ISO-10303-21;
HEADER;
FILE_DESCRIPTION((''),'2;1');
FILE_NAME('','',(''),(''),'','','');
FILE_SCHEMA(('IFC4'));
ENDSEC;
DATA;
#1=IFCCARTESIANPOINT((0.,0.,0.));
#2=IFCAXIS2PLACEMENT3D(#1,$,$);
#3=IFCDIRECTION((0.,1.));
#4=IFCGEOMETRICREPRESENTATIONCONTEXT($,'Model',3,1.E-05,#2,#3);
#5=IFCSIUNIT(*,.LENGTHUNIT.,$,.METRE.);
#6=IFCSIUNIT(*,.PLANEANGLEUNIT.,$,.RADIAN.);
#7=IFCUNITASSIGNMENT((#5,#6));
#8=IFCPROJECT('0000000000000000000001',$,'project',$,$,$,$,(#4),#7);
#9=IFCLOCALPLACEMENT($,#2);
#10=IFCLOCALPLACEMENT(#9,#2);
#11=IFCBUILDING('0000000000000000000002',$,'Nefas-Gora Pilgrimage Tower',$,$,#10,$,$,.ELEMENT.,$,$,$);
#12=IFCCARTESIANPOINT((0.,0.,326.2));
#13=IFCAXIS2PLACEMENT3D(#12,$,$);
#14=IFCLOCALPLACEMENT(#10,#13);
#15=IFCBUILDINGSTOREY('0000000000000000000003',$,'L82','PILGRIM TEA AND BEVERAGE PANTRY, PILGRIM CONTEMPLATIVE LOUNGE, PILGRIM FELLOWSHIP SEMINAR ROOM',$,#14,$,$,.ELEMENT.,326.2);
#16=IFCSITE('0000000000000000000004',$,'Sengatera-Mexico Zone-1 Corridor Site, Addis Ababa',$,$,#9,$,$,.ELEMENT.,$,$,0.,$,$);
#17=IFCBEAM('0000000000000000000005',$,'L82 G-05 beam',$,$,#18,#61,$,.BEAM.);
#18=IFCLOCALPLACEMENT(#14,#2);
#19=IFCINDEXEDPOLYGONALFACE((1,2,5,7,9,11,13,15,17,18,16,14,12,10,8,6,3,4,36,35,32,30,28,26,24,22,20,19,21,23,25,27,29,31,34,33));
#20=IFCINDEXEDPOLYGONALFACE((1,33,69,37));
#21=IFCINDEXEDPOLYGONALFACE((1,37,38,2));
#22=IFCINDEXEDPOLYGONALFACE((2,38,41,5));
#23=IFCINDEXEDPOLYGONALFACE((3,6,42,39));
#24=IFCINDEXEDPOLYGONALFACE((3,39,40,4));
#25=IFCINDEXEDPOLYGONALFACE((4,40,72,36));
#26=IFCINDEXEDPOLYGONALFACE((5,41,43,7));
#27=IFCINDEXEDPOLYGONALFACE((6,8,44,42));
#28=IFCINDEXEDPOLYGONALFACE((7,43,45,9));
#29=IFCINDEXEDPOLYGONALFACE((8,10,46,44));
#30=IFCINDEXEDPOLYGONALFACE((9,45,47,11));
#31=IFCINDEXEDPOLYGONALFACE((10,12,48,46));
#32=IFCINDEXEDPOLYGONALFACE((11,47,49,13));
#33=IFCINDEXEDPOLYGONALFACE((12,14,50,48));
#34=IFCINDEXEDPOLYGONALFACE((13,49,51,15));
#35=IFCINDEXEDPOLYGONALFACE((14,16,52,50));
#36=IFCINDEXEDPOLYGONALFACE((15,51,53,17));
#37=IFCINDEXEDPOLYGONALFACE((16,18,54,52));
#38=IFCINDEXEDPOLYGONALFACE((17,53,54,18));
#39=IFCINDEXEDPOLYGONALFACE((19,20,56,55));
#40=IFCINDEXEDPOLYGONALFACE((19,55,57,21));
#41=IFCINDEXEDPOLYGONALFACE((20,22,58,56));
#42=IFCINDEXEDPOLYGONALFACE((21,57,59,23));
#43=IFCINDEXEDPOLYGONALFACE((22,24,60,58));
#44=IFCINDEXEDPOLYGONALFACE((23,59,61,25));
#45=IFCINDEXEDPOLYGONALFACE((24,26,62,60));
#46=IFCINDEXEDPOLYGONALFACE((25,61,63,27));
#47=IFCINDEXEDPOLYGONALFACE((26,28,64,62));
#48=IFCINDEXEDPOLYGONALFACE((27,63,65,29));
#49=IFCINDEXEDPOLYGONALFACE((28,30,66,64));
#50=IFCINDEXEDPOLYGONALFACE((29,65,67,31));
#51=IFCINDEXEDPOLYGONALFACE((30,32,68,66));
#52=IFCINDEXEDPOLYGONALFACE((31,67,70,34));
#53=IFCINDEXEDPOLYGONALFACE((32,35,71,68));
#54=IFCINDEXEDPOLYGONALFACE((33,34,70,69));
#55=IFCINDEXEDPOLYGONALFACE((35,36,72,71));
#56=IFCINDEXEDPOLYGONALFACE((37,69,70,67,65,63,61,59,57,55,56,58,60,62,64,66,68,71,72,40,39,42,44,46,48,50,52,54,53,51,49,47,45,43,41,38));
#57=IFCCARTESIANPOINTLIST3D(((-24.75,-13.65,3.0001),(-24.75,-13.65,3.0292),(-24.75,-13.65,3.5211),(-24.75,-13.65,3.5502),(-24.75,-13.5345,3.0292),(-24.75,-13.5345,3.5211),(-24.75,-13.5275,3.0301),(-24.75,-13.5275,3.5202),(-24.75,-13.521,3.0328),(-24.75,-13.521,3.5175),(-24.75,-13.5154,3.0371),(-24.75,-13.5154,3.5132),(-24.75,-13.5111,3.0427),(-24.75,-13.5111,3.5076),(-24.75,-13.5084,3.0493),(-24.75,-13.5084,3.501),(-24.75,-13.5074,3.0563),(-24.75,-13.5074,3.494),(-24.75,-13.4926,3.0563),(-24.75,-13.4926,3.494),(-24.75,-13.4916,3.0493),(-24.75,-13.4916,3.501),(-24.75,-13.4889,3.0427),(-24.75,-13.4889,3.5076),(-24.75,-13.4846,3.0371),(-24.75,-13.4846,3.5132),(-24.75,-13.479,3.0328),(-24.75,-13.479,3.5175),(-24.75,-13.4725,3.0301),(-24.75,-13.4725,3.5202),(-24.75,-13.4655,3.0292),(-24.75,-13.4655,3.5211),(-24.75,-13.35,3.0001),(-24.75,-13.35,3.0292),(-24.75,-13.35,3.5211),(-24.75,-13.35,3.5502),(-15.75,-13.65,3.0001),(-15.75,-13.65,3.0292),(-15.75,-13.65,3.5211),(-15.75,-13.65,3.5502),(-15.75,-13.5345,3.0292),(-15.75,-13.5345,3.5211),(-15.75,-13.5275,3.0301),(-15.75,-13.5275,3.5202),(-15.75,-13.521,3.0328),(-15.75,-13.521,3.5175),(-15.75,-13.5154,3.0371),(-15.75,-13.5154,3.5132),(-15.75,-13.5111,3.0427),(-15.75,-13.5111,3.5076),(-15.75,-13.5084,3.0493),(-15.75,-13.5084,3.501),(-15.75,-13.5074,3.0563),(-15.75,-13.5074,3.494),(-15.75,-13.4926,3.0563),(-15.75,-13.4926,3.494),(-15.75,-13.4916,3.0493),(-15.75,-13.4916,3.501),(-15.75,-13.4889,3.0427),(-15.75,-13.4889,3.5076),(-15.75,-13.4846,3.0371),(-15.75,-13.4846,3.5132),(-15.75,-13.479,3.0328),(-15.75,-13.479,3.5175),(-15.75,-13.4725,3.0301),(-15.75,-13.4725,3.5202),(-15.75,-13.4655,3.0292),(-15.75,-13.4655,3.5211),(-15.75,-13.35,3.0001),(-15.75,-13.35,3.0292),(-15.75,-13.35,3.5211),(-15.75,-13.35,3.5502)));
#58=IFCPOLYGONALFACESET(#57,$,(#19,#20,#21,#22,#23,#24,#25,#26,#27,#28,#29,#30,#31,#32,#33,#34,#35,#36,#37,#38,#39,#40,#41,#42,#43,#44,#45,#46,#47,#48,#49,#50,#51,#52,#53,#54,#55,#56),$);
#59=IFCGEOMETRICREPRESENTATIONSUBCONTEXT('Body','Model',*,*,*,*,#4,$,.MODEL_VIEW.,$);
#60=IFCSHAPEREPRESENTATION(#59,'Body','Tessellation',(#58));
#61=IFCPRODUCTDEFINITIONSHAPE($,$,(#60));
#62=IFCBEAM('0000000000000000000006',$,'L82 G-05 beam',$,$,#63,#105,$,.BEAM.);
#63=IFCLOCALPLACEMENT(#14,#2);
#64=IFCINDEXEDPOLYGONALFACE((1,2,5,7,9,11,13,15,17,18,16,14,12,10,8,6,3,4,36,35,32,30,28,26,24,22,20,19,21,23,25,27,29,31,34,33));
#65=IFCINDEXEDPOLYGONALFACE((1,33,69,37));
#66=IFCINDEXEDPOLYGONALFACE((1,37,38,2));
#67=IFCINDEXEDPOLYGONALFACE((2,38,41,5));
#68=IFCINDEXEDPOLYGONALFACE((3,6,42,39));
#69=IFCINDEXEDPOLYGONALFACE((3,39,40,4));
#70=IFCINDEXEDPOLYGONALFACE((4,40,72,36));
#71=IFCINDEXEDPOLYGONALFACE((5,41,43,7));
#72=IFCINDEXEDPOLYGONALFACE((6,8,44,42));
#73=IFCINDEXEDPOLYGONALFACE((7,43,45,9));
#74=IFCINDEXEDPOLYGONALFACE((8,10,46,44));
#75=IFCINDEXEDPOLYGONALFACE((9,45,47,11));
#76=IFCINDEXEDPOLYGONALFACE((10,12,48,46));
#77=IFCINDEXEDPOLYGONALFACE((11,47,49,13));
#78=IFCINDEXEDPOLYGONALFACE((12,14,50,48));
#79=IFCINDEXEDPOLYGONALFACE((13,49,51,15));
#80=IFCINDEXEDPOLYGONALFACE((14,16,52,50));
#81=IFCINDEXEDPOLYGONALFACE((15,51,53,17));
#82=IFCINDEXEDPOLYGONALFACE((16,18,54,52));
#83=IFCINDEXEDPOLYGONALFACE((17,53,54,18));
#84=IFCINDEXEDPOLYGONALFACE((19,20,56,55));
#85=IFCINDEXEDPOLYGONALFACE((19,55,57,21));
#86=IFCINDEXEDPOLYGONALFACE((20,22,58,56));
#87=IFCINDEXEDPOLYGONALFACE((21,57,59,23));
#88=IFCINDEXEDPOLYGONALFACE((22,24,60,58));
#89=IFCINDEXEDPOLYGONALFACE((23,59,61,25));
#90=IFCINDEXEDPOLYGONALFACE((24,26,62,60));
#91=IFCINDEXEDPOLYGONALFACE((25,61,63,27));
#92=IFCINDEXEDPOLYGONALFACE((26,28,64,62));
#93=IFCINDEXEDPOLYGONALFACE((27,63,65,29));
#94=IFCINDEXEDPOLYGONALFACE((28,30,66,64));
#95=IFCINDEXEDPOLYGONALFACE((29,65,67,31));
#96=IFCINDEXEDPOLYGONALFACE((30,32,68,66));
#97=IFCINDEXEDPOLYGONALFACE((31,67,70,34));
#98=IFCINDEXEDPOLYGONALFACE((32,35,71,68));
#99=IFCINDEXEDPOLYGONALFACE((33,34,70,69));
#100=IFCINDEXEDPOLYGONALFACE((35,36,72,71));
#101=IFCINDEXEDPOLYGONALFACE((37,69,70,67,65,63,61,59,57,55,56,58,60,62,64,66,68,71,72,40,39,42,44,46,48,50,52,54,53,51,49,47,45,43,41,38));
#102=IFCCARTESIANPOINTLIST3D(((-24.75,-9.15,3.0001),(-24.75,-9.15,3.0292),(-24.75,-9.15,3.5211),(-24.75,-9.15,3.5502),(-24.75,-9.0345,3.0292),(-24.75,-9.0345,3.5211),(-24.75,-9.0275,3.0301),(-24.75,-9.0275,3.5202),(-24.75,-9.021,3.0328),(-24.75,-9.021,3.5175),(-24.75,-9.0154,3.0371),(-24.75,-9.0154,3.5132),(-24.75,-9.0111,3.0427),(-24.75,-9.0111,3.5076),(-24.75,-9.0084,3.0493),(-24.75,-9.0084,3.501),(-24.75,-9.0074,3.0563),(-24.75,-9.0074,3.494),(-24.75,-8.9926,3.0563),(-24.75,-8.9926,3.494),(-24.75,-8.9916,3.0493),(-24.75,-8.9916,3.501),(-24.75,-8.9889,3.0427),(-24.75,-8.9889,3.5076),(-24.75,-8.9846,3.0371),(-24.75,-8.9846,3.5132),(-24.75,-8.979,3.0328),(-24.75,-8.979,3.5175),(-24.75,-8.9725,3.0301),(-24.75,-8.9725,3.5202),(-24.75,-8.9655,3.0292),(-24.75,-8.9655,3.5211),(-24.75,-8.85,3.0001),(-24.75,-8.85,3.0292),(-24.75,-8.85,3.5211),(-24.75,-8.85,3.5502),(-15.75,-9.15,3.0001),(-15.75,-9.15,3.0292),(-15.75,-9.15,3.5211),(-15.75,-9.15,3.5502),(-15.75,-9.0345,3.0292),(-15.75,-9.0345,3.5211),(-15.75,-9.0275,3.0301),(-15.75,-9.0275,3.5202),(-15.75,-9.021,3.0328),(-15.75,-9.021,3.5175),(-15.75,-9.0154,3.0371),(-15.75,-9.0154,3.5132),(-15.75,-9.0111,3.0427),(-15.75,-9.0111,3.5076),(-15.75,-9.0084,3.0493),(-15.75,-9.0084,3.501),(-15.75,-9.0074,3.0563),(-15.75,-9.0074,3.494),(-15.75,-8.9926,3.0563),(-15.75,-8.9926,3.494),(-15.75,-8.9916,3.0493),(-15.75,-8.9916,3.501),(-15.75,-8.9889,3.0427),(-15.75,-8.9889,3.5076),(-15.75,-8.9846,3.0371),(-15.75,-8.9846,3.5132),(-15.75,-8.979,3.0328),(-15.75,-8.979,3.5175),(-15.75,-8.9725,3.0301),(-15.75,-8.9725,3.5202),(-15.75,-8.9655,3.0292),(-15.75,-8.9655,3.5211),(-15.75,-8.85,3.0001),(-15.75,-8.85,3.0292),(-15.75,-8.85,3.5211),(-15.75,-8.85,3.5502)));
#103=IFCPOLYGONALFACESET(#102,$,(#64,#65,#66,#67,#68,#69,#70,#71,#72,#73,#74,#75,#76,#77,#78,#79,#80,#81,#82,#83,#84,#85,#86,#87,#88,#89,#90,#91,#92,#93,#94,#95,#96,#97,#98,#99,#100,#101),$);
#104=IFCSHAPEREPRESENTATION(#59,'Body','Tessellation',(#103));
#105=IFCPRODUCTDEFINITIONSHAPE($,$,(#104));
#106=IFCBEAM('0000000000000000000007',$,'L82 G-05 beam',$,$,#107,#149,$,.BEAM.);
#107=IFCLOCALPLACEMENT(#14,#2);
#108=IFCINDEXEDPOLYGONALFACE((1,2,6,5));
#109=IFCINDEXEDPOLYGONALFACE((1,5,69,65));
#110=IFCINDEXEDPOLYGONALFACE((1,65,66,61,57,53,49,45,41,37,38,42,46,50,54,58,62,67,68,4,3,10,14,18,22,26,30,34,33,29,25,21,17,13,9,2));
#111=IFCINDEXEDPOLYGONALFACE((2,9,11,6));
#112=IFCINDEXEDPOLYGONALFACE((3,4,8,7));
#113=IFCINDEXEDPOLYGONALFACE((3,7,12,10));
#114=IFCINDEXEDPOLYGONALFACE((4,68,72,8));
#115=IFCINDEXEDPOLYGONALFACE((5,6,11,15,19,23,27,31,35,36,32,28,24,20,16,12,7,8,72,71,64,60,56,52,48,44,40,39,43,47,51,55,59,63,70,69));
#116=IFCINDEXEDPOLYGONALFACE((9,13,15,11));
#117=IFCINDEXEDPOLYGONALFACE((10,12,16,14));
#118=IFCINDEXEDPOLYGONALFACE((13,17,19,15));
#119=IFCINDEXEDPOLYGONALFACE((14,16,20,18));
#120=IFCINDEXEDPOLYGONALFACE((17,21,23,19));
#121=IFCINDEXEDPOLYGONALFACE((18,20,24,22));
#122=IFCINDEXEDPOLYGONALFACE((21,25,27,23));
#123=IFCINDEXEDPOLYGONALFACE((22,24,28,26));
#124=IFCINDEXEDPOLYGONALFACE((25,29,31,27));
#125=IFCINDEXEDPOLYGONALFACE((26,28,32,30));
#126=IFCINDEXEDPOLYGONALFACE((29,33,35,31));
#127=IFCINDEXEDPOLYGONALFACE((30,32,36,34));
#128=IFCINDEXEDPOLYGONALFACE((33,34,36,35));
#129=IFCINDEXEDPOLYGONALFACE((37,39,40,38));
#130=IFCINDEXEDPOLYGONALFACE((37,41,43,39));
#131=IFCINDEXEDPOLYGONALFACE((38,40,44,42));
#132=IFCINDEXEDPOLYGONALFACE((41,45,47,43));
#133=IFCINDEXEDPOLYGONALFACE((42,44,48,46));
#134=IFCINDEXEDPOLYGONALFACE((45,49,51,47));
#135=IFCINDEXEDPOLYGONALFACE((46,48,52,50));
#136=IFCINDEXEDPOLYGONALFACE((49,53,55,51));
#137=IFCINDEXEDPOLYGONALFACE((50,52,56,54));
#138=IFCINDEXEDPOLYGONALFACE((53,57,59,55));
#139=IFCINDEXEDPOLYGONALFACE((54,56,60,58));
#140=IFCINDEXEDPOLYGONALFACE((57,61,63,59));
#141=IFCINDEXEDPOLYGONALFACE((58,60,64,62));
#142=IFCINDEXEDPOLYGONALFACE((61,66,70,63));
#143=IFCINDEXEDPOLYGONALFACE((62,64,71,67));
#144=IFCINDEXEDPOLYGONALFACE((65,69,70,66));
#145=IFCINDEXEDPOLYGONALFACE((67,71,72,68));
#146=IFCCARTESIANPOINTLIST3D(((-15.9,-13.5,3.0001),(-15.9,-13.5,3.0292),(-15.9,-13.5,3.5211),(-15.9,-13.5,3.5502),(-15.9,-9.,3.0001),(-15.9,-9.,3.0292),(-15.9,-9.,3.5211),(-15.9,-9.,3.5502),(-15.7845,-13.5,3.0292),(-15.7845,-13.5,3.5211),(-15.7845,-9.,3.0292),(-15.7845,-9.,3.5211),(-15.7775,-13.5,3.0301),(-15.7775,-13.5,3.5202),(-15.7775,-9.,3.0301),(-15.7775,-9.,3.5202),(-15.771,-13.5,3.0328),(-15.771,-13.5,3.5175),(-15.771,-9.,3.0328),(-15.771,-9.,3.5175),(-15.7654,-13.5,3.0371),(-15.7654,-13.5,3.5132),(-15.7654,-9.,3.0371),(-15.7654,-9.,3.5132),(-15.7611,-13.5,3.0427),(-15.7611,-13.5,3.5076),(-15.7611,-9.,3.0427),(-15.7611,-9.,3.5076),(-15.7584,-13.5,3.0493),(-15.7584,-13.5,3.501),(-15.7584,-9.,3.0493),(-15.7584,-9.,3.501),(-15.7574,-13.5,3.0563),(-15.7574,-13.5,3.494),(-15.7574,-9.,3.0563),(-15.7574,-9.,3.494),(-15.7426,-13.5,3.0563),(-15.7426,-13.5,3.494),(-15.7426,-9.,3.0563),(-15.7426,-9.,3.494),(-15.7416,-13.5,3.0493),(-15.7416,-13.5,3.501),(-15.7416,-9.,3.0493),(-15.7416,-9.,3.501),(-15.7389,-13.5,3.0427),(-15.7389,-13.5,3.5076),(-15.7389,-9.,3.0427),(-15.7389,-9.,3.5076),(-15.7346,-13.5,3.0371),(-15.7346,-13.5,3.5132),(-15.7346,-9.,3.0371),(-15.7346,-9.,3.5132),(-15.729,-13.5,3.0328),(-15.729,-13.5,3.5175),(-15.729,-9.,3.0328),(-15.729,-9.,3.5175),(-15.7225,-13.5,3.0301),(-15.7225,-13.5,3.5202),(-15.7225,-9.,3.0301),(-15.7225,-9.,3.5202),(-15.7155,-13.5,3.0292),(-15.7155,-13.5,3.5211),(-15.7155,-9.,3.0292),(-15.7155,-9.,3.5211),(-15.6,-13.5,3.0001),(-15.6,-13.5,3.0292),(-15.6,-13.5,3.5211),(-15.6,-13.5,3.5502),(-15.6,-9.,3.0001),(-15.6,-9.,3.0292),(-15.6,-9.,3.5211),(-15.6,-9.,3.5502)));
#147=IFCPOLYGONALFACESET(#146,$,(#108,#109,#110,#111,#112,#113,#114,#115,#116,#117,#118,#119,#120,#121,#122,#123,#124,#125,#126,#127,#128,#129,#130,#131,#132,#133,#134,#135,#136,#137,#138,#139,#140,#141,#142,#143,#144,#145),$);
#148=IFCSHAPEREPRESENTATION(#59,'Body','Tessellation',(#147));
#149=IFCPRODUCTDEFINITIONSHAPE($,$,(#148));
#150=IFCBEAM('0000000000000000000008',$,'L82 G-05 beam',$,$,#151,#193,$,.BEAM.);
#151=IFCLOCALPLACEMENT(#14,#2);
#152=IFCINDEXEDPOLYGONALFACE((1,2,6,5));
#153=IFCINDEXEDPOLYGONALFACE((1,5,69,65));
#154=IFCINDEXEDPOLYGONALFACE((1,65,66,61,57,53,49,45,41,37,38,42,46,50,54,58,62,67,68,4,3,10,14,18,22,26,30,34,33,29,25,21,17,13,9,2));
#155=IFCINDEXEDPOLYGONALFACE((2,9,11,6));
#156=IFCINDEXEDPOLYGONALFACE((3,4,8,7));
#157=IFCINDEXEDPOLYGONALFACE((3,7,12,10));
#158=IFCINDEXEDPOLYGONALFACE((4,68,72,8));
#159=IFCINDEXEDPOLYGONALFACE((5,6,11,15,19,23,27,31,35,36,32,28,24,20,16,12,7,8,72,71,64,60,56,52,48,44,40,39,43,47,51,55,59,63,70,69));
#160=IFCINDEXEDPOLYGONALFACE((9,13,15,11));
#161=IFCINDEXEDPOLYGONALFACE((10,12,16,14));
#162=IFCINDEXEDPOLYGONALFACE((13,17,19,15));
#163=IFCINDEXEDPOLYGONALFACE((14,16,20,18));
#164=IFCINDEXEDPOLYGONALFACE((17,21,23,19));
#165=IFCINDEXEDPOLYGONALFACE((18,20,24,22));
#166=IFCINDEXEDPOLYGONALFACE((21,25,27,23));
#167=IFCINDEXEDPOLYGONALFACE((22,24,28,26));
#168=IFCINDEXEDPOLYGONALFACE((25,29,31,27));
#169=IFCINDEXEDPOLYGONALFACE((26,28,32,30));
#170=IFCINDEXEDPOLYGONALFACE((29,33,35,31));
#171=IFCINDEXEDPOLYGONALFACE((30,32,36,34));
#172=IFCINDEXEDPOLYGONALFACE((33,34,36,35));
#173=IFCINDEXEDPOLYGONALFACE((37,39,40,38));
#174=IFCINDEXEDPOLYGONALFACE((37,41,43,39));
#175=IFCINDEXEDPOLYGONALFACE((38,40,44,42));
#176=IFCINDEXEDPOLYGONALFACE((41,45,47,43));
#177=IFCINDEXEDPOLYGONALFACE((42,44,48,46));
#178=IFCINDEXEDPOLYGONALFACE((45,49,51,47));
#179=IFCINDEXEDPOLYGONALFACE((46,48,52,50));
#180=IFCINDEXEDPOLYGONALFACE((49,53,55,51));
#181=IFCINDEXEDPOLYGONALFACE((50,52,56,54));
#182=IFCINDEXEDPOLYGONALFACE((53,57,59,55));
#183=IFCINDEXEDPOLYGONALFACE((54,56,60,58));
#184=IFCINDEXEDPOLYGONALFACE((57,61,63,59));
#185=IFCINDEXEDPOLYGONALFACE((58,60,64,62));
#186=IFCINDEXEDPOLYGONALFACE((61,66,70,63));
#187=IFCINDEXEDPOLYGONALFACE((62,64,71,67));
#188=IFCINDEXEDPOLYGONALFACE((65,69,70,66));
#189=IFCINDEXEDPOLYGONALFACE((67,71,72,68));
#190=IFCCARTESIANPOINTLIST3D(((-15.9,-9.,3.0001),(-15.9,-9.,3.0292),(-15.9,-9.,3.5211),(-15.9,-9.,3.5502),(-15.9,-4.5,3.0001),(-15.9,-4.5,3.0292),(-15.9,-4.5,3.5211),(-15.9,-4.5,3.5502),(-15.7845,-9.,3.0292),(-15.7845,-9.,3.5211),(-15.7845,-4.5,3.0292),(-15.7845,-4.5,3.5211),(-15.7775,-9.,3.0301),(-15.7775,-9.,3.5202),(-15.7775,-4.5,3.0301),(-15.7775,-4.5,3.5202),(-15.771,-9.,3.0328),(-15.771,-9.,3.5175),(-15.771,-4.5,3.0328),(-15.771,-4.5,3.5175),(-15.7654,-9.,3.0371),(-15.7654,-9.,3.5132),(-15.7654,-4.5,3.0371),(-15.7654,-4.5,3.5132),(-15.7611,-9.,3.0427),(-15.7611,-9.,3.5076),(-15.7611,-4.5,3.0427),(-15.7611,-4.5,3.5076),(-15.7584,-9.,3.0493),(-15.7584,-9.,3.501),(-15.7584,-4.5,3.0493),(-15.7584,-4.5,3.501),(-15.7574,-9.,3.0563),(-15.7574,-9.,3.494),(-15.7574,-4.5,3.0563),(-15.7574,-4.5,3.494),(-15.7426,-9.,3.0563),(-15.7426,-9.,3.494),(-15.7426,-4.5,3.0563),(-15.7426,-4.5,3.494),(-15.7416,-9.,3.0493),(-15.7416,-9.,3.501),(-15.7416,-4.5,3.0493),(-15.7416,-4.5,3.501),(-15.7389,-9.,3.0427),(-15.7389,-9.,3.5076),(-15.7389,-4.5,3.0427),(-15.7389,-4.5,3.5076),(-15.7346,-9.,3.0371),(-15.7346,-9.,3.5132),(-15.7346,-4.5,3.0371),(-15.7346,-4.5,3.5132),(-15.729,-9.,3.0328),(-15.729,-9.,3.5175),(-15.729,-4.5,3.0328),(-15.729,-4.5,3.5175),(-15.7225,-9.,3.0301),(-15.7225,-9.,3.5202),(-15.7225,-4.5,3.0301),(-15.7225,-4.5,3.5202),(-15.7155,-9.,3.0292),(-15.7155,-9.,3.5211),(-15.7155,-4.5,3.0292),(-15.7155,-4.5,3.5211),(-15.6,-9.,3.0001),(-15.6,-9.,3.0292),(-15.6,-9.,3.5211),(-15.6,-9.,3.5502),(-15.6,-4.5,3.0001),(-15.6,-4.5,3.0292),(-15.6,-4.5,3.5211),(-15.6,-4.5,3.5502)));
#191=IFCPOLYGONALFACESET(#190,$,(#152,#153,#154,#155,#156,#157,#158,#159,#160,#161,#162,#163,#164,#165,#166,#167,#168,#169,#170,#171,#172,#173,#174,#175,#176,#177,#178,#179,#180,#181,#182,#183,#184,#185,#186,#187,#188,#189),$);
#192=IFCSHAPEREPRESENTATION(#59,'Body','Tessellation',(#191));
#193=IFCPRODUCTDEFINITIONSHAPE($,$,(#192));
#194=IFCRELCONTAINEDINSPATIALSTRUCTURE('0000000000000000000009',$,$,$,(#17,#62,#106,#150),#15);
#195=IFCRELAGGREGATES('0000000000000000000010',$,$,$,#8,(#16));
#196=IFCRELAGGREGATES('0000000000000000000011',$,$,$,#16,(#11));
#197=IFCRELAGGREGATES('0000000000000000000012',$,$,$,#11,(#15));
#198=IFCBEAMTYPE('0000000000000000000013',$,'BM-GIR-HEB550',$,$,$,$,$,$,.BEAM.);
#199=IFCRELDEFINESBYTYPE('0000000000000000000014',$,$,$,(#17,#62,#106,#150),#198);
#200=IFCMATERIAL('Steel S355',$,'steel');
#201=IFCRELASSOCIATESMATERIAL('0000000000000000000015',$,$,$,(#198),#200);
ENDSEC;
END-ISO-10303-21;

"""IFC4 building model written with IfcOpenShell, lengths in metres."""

from ifc_helpers import new_model, si_unit, direction, frame, origin, origin_2d, place, context, subcontext, project, spatial, i_section, extrude, source, transform, mapped, material, material_profile, profile_set, type_object, element, save


model = new_model("IFC4")

# Units and contexts
model_context = context("Model", 3, precision=1e-05, world=origin(), true_north=direction((0.0, 1.0)))
body_context = subcontext(model_context, "Body", "Model", "MODEL_VIEW")
ifc_project = project(units=[si_unit("LENGTHUNIT", "METRE"), si_unit("PLANEANGLEUNIT", "RADIAN")], contexts=[model_context])

# Site, building, storey
site_placement = place(None, origin())
site = spatial("IfcSite", under=ifc_project, at=site_placement, Name="Sengatera-Mexico Zone-1 Corridor Site, Addis Ababa", CompositionType="ELEMENT", RefElevation=0.0)
building_placement = place(site_placement, origin())
building = spatial("IfcBuilding", under=site, at=building_placement, Name="Nefas-Gora Pilgrimage Tower", CompositionType="ELEMENT")
storey_placement = place(building_placement, frame((0.0, 0.0, 326.2)))
storey = spatial("IfcBuildingStorey", under=building, at=storey_placement, Name="L82", Description="PILGRIM TEA AND BEVERAGE PANTRY, PILGRIM CONTEMPLATIVE LOUNGE, PILGRIM FELLOWSHIP SEMINAR ROOM", CompositionType="ELEMENT", Elevation=326.2)

# Shared definitions
ifc_material_1 = material(Name="Steel S355", Category="steel")

# Beams
ifc_material_profile_1 = material_profile(ifc_material_1, i_section(OverallWidth=0.3, OverallDepth=0.55, WebThickness=0.0149, FlangeThickness=0.0291, FilletRadius=0.0271, at=origin_2d()), Name="HEB 550")
ifc_profile_set_1 = profile_set([ifc_material_profile_1], Name="Steel S355")
beam_type_1 = type_object("IfcBeamType", Name="BM-GIR-HEB550", PredefinedType="BEAM", material=ifc_profile_set_1)
shared_shape_1 = source(origin(), body_context, "Body", "SweptSolid", [
    extrude(i_section(OverallWidth=0.3, OverallDepth=0.55, WebThickness=0.0149, FlangeThickness=0.0291, FilletRadius=0.0271, at=origin_2d()), origin(), (0.0, 0.0, 1.0), 9.0),
])
for number, where, z_axis, x_axis, name in (
    (1, (-24.75, -13.5, 3.2751), (1.0, 0.0, 0.0), (0.0, 1.0, 0.0), "L82 G-05 beam"),
    (2, (-24.75, -9.0, 3.2751), (1.0, 0.0, 0.0), (0.0, 1.0, 0.0), "L82 G-05 beam"),
):
    element("IfcBeam", number, at=place(storey_placement, frame(where, z_axis=z_axis, x_axis=x_axis)), inside=storey, type_object=beam_type_1, Name=name, PredefinedType="BEAM", context=body_context, shape_type="MappedRepresentation", body=[
        mapped(shared_shape_1, transform((0.0, 0.0, 0.0), x_axis=(1.0, 0.0, 0.0), y_axis=(0.0, 1.0, 0.0), z_axis=(0.0, 0.0, 1.0), scale=1.0)),
    ])
shared_shape_2 = source(origin(), body_context, "Body", "SweptSolid", [
    extrude(i_section(OverallWidth=0.3, OverallDepth=0.55, WebThickness=0.0149, FlangeThickness=0.0291, FilletRadius=0.0271, at=origin_2d()), origin(), (0.0, 0.0, 1.0), 4.5),
])
for number, where, z_axis, x_axis, name in (
    (3, (-15.75, -13.5, 3.2751), (0.0, 1.0, 0.0), (-1.0, 0.0, 0.0), "L82 G-05 beam"),
    (4, (-15.75, -9.0, 3.2751), (0.0, 1.0, 0.0), (-1.0, 0.0, 0.0), "L82 G-05 beam"),
):
    element("IfcBeam", number, at=place(storey_placement, frame(where, z_axis=z_axis, x_axis=x_axis)), inside=storey, type_object=beam_type_1, Name=name, PredefinedType="BEAM", context=body_context, shape_type="MappedRepresentation", body=[
        mapped(shared_shape_2, transform((0.0, 0.0, 0.0), x_axis=(1.0, 0.0, 0.0), y_axis=(0.0, 1.0, 0.0), z_axis=(0.0, 0.0, 1.0), scale=1.0)),
    ])

save(model, "model.ifc")
